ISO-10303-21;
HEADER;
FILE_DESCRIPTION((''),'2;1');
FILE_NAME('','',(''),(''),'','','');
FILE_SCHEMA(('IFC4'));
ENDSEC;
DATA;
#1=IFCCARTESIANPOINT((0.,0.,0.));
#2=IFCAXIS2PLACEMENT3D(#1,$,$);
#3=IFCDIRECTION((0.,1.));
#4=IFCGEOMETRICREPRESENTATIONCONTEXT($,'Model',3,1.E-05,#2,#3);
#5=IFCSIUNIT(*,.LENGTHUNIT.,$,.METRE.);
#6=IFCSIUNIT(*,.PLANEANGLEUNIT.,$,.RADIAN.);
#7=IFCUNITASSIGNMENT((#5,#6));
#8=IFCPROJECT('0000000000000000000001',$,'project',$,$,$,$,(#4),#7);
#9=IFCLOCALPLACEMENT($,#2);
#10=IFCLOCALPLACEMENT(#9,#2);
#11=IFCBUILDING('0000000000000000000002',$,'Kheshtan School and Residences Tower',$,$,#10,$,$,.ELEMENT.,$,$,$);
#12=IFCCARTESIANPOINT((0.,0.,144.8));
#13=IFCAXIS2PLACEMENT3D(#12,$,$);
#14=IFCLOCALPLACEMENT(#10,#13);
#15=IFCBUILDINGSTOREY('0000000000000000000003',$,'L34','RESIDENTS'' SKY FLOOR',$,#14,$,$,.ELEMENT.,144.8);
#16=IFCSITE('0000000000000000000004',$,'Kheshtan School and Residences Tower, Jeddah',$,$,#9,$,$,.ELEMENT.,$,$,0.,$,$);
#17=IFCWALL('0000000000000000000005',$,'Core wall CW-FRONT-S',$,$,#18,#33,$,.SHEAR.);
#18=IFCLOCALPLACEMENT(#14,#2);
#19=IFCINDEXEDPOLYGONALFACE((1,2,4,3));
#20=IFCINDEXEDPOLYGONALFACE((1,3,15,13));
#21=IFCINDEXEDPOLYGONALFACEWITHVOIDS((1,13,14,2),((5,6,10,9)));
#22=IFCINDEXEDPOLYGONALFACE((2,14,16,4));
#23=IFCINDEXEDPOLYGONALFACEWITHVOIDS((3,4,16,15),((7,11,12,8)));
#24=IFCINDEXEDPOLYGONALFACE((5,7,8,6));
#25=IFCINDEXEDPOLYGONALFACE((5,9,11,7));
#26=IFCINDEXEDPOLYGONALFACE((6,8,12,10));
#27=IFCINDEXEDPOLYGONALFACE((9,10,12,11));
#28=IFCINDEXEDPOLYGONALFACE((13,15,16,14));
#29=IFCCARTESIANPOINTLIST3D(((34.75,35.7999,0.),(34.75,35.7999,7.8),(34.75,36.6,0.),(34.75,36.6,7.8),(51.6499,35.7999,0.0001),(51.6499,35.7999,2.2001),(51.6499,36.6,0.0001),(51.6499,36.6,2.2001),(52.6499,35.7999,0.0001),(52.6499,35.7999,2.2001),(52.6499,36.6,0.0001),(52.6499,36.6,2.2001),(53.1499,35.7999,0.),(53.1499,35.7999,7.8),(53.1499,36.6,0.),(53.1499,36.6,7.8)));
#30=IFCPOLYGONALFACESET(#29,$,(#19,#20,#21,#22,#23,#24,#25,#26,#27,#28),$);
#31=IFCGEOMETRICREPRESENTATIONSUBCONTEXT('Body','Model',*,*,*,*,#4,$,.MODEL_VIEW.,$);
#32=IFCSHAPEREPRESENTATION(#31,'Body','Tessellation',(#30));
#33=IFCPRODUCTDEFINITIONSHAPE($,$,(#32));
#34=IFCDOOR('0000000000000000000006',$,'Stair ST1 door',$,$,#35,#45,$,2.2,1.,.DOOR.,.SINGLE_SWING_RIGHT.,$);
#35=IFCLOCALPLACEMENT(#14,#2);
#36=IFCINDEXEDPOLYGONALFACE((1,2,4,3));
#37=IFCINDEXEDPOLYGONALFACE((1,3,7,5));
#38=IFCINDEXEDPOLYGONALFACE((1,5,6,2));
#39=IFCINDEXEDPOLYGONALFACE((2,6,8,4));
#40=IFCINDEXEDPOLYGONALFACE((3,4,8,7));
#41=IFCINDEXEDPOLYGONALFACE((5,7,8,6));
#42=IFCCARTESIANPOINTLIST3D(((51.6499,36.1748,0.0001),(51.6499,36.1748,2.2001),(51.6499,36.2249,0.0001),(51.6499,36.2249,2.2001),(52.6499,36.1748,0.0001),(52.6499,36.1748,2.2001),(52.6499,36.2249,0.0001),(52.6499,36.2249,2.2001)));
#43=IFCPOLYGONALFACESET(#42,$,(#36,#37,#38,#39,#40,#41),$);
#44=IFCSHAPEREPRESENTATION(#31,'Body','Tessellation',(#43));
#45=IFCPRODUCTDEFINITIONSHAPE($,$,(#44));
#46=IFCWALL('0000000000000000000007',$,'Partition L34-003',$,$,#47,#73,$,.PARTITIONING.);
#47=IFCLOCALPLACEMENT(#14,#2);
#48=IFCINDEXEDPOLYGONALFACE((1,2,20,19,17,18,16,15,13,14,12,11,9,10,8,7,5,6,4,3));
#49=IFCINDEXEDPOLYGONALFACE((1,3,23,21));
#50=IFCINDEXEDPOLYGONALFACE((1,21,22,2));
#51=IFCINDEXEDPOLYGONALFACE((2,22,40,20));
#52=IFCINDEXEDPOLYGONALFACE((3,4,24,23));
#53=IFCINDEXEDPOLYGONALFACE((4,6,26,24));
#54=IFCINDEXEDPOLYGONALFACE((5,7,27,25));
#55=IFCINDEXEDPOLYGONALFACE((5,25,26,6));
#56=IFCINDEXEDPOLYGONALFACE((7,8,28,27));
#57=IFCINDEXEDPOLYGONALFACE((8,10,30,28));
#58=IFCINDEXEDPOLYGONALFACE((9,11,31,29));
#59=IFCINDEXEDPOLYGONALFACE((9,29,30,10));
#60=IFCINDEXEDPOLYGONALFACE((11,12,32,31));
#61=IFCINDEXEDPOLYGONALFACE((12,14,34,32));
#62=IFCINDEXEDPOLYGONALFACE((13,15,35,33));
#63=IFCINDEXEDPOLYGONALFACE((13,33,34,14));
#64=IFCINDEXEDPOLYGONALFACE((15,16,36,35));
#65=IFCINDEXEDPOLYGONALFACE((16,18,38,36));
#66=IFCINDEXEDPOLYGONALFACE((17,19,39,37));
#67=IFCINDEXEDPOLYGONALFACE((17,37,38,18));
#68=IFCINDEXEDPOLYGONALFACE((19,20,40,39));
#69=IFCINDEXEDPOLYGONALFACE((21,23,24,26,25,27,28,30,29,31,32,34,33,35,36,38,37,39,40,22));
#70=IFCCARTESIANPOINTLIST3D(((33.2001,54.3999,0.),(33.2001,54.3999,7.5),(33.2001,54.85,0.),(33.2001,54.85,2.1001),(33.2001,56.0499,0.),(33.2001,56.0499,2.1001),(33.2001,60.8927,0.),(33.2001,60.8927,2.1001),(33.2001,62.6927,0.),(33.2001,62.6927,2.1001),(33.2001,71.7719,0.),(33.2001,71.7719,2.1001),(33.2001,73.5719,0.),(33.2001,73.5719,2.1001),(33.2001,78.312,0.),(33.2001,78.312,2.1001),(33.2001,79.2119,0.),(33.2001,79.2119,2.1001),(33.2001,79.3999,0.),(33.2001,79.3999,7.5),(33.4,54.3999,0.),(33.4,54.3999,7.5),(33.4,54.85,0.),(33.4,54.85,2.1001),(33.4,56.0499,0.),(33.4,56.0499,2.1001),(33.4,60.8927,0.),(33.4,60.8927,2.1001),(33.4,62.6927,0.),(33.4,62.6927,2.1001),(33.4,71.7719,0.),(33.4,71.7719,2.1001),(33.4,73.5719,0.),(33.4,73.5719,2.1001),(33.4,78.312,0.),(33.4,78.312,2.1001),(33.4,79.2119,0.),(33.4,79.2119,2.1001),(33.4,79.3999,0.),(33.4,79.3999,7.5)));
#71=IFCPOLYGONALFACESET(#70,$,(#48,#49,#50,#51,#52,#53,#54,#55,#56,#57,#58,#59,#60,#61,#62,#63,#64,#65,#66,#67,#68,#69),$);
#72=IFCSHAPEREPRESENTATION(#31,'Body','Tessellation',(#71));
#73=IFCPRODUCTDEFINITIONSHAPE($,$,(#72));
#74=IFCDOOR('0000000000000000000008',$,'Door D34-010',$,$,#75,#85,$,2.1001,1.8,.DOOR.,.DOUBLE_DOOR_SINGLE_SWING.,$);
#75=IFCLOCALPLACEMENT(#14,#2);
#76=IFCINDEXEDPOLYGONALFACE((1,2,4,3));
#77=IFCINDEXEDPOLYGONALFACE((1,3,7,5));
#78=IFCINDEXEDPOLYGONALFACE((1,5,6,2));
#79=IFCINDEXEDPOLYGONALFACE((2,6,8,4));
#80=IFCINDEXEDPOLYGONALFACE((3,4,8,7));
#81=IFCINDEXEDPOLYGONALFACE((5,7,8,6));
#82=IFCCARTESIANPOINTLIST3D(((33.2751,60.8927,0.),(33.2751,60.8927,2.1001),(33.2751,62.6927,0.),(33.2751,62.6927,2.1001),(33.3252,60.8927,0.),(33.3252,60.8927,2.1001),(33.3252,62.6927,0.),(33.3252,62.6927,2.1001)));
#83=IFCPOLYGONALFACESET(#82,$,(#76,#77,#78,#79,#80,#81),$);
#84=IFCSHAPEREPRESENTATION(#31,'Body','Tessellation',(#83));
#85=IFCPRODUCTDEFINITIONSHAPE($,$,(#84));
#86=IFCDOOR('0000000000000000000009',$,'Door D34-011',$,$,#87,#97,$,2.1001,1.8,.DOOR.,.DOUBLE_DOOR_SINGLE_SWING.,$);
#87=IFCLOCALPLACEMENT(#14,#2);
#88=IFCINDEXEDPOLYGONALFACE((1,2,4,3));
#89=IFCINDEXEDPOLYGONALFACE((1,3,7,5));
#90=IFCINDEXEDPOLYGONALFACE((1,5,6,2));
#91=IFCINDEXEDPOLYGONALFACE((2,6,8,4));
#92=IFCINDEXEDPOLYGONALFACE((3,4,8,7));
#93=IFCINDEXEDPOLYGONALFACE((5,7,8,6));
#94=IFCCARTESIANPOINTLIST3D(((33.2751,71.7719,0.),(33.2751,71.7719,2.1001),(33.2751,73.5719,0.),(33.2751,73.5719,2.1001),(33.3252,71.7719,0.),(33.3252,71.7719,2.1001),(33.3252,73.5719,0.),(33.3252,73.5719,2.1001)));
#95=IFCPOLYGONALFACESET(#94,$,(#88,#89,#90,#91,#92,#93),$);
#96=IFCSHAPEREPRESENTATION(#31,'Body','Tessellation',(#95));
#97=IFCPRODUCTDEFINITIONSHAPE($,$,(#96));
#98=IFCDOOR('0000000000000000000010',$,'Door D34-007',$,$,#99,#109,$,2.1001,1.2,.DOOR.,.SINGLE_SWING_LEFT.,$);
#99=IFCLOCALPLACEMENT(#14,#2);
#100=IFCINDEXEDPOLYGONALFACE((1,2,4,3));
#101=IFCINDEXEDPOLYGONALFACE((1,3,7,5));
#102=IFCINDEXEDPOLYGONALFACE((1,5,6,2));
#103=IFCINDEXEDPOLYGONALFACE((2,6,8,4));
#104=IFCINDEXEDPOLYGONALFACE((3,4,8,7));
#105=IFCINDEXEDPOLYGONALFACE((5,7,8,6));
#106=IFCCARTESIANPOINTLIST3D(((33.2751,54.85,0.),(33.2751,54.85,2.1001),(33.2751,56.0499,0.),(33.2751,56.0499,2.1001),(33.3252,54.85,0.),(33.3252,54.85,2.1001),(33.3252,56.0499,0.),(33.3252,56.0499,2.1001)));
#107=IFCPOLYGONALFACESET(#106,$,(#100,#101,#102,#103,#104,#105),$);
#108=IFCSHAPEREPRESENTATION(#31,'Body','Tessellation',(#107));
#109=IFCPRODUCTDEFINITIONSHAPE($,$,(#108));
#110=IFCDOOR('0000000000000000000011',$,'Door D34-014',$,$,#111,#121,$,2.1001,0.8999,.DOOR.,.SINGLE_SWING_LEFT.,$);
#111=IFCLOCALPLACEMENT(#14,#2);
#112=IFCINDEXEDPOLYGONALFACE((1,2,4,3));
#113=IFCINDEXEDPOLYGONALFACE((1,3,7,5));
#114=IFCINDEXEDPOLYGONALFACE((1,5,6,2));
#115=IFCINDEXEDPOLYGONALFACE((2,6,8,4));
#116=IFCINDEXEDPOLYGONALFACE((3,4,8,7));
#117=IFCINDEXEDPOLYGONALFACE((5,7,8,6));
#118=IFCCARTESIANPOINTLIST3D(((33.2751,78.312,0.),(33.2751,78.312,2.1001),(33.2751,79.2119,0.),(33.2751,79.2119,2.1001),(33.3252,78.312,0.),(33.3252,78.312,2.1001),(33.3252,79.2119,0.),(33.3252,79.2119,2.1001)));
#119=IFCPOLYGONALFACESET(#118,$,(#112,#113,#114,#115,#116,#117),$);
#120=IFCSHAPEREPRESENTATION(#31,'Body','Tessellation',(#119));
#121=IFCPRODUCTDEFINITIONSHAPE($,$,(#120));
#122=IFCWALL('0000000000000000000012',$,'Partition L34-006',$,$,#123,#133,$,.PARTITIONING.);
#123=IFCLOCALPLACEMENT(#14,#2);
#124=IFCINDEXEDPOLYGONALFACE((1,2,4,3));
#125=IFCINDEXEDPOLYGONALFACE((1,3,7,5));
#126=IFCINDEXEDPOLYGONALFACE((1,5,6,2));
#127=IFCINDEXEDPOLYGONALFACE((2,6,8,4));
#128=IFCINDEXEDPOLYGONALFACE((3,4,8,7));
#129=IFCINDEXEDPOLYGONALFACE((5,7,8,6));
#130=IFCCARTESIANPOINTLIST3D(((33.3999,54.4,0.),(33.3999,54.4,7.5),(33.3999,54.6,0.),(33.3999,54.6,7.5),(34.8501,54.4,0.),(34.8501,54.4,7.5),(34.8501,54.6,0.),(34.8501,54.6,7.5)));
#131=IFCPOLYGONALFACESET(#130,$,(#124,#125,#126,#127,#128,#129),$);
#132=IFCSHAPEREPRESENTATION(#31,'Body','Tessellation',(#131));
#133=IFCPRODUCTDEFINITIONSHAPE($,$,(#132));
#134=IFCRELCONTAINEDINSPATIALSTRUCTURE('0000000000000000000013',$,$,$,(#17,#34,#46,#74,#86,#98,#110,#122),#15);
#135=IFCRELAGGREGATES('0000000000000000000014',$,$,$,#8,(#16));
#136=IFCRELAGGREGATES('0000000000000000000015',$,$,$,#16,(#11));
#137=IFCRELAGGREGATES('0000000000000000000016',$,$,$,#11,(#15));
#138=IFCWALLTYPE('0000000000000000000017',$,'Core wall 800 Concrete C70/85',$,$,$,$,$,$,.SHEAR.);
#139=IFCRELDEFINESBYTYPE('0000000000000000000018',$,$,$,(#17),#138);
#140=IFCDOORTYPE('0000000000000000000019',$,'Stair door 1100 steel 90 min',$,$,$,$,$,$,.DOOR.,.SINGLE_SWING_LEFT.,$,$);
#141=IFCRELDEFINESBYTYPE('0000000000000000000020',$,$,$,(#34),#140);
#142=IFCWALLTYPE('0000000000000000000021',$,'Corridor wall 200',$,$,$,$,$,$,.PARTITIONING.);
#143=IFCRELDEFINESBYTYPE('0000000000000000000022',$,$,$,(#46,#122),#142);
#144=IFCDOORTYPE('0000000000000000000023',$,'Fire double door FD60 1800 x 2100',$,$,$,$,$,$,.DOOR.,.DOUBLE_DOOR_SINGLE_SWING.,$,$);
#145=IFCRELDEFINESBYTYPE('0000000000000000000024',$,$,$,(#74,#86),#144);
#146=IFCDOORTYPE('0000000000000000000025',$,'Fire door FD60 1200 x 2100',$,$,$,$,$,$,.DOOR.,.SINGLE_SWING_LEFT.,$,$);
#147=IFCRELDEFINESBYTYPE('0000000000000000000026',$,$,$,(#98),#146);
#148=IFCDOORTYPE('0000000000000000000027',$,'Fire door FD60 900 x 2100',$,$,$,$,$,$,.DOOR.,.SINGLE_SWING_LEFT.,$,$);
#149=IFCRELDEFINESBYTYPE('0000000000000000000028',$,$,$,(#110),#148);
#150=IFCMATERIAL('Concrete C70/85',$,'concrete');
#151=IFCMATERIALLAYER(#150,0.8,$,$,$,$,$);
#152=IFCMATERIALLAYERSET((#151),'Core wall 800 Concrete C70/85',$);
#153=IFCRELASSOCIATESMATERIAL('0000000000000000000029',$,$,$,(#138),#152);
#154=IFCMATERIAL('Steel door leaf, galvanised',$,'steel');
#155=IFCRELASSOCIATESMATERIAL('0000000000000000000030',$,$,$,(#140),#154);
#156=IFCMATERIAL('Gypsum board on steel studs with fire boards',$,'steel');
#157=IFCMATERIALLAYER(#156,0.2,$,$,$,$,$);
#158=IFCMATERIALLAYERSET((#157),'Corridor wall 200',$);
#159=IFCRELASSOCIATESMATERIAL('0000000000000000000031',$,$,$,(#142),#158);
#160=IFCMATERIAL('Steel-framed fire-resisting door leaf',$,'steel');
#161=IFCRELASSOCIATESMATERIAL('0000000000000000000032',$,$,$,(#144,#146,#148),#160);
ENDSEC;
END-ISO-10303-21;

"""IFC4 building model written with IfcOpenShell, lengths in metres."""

from ifc_helpers import new_model, si_unit, direction, frame, frame_2d, origin, place, context, subcontext, project, spatial, rectangle, extrude, source, transform, mapped, material, layer, layer_set, type_object, element, fill, save


model = new_model("IFC4")

# Units and contexts
model_context = context("Model", 3, precision=1e-05, world=origin(), true_north=direction((0.0, 1.0)))
body_context = subcontext(model_context, "Body", "Model", "MODEL_VIEW")
ifc_project = project(units=[si_unit("LENGTHUNIT", "METRE"), si_unit("PLANEANGLEUNIT", "RADIAN")], contexts=[model_context])

# Site, building, storey
site_placement = place(None, origin())
site = spatial("IfcSite", under=ifc_project, at=site_placement, Name="Kheshtan School and Residences Tower, Jeddah", CompositionType="ELEMENT", RefElevation=0.0)
building_placement = place(site_placement, origin())
building = spatial("IfcBuilding", under=site, at=building_placement, Name="Kheshtan School and Residences Tower", CompositionType="ELEMENT")
storey_placement = place(building_placement, frame((0.0, 0.0, 144.8)))
storey = spatial("IfcBuildingStorey", under=building, at=storey_placement, Name="L34", Description="RESIDENTS' SKY FLOOR", CompositionType="ELEMENT", Elevation=144.8)

# Wall, opening, door
ifc_material_1 = material(Name="Concrete C70/85", Category="concrete")
ifc_layer_1 = layer(ifc_material_1, 0.8)
ifc_layer_set_1 = layer_set([ifc_layer_1], Name="Core wall 800 Concrete C70/85")
wall_type_1 = type_object("IfcWallType", Name="Core wall 800 Concrete C70/85", PredefinedType="SHEAR", material=ifc_layer_set_1)
wall_1_placement = place(storey_placement, frame((34.75, 36.2, 0.0), z_axis=(0.0, 0.0, 1.0), x_axis=(1.0, 0.0, 0.0)))
wall_1 = element("IfcWall", 1, at=wall_1_placement, inside=storey, type_object=wall_type_1, Name="Core wall CW-FRONT-S", PredefinedType="SHEAR", context=body_context, shape_type="SweptSolid", body=[
    extrude(rectangle(XDim=18.3999, YDim=0.8, at=frame_2d((9.2, 0.0))), origin(), (0.0, 0.0, 1.0), 7.8),
])
opening_1_placement = place(wall_1_placement, frame((16.8999, 0.0, 0.0)))
opening_1 = element("IfcOpeningElement", 2, at=opening_1_placement, cuts=wall_1, PredefinedType="OPENING", context=body_context, shape_type="SweptSolid", body=[
    extrude(rectangle(XDim=1.0, YDim=2.2, at=frame_2d((0.5, 1.1001))), frame((0.0, 0.4102, 0.0), z_axis=(0.0, -1.0, 0.0), x_axis=(1.0, 0.0, 0.0)), (0.0, 0.0, 1.0), 0.8201),
])
ifc_material_2 = material(Name="Steel door leaf, galvanised", Category="steel")
door_type_1 = type_object("IfcDoorType", Name="Stair door 1100 steel 90 min", OperationType="SINGLE_SWING_LEFT", PredefinedType="DOOR", material=ifc_material_2)
shared_shape_1 = source(origin(), body_context, "Body", "SweptSolid", [
    extrude(rectangle(XDim=1.0, YDim=2.2, at=frame_2d((0.5, 1.1001))), frame((0.0, 0.0249, 0.0), z_axis=(0.0, -1.0, 0.0), x_axis=(1.0, 0.0, 0.0)), (0.0, 0.0, 1.0), 0.05),
])
door_1_placement = place(opening_1_placement, origin())
door_1 = element("IfcDoor", 3, at=door_1_placement, inside=storey, type_object=door_type_1, Name="Stair ST1 door", OperationType="SINGLE_SWING_RIGHT", OverallHeight=2.2, OverallWidth=1.0, PredefinedType="DOOR", context=body_context, shape_type="MappedRepresentation", body=[
    mapped(shared_shape_1, transform((0.0, 0.0, 0.0), x_axis=(1.0, 0.0, 0.0), y_axis=(0.0, 1.0, 0.0), z_axis=(0.0, 0.0, 1.0), scale=1.0)),
])
fill(opening_1, door_1)

# Wall, openings, doors
ifc_material_3 = material(Name="Gypsum board on steel studs with fire boards", Category="steel")
ifc_layer_2 = layer(ifc_material_3, 0.2)
ifc_layer_set_2 = layer_set([ifc_layer_2], Name="Corridor wall 200")
wall_type_2 = type_object("IfcWallType", Name="Corridor wall 200", PredefinedType="PARTITIONING", material=ifc_layer_set_2)
wall_2_placement = place(storey_placement, frame((33.3, 54.3999, 0.0), z_axis=(0.0, 0.0, 1.0), x_axis=(0.0, 1.0, 0.0)))
wall_2 = element("IfcWall", 4, at=wall_2_placement, inside=storey, type_object=wall_type_2, Name="Partition L34-003", PredefinedType="PARTITIONING", context=body_context, shape_type="SweptSolid", body=[
    extrude(rectangle(XDim=25.0, YDim=0.2, at=frame_2d((12.5, 0.0))), origin(), (0.0, 0.0, 1.0), 7.5),
])
opening_2_placement = place(wall_2_placement, frame((0.45, 0.0, 0.0)))
opening_2 = element("IfcOpeningElement", 5, at=opening_2_placement, cuts=wall_2, PredefinedType="OPENING", context=body_context, shape_type="SweptSolid", body=[
    extrude(rectangle(XDim=1.2, YDim=2.1001, at=frame_2d((0.6001, 1.05))), frame((0.0, 0.1099, 0.0), z_axis=(0.0, -1.0, 0.0), x_axis=(1.0, 0.0, 0.0)), (0.0, 0.0, 1.0), 0.22),
])
opening_3_placement = place(wall_2_placement, frame((6.4929, 0.0, 0.0)))
opening_3 = element("IfcOpeningElement", 6, at=opening_3_placement, cuts=wall_2, PredefinedType="OPENING", context=body_context, shape_type="SweptSolid", body=[
    extrude(rectangle(XDim=1.8, YDim=2.1001, at=frame_2d((0.8999, 1.05))), frame((0.0, 0.1099, 0.0), z_axis=(0.0, -1.0, 0.0), x_axis=(1.0, 0.0, 0.0)), (0.0, 0.0, 1.0), 0.22),
])
opening_4_placement = place(wall_2_placement, frame((17.3721, 0.0, 0.0)))
opening_4 = element("IfcOpeningElement", 7, at=opening_4_placement, cuts=wall_2, PredefinedType="OPENING", context=body_context, shape_type="SweptSolid", body=[
    extrude(rectangle(XDim=1.8, YDim=2.1001, at=frame_2d((0.8999, 1.05))), frame((0.0, 0.1099, 0.0), z_axis=(0.0, -1.0, 0.0), x_axis=(1.0, 0.0, 0.0)), (0.0, 0.0, 1.0), 0.22),
])
opening_5_placement = place(wall_2_placement, frame((23.9121, 0.0, 0.0)))
opening_5 = element("IfcOpeningElement", 8, at=opening_5_placement, cuts=wall_2, PredefinedType="OPENING", context=body_context, shape_type="SweptSolid", body=[
    extrude(rectangle(XDim=0.8999, YDim=2.1001, at=frame_2d((0.45, 1.05))), frame((0.0, 0.1099, 0.0), z_axis=(0.0, -1.0, 0.0), x_axis=(1.0, 0.0, 0.0)), (0.0, 0.0, 1.0), 0.22),
])
ifc_material_4 = material(Name="Steel-framed fire-resisting door leaf", Category="steel")
door_type_2 = type_object("IfcDoorType", Name="Fire double door FD60 1800 x 2100", OperationType="DOUBLE_DOOR_SINGLE_SWING", PredefinedType="DOOR", material=ifc_material_4)
shared_shape_2 = source(origin(), body_context, "Body", "SweptSolid", [
    extrude(rectangle(XDim=1.8, YDim=2.1001, at=frame_2d((0.8999, 1.05))), frame((0.0, 0.0249, 0.0), z_axis=(0.0, -1.0, 0.0), x_axis=(1.0, 0.0, 0.0)), (0.0, 0.0, 1.0), 0.05),
])
door_2_placement = place(opening_3_placement, origin())
door_2 = element("IfcDoor", 9, at=door_2_placement, inside=storey, type_object=door_type_2, Name="Door D34-010", OperationType="DOUBLE_DOOR_SINGLE_SWING", OverallHeight=2.1001, OverallWidth=1.8, PredefinedType="DOOR", context=body_context, shape_type="MappedRepresentation", body=[
    mapped(shared_shape_2, transform((0.0, 0.0, 0.0), x_axis=(1.0, 0.0, 0.0), y_axis=(0.0, 1.0, 0.0), z_axis=(0.0, 0.0, 1.0), scale=1.0)),
])
fill(opening_3, door_2)
door_3_placement = place(opening_4_placement, origin())
door_3 = element("IfcDoor", 10, at=door_3_placement, inside=storey, type_object=door_type_2, Name="Door D34-011", OperationType="DOUBLE_DOOR_SINGLE_SWING", OverallHeight=2.1001, OverallWidth=1.8, PredefinedType="DOOR", context=body_context, shape_type="MappedRepresentation", body=[
    mapped(shared_shape_2, transform((0.0, 0.0, 0.0), x_axis=(1.0, 0.0, 0.0), y_axis=(0.0, 1.0, 0.0), z_axis=(0.0, 0.0, 1.0), scale=1.0)),
])
fill(opening_4, door_3)
door_type_3 = type_object("IfcDoorType", Name="Fire door FD60 1200 x 2100", OperationType="SINGLE_SWING_LEFT", PredefinedType="DOOR", material=ifc_material_4)
shared_shape_3 = source(origin(), body_context, "Body", "SweptSolid", [
    extrude(rectangle(XDim=1.2, YDim=2.1001, at=frame_2d((0.6001, 1.05))), frame((0.0, 0.0249, 0.0), z_axis=(0.0, -1.0, 0.0), x_axis=(1.0, 0.0, 0.0)), (0.0, 0.0, 1.0), 0.05),
])
door_4_placement = place(opening_2_placement, origin())
door_4 = element("IfcDoor", 11, at=door_4_placement, inside=storey, type_object=door_type_3, Name="Door D34-007", OperationType="SINGLE_SWING_LEFT", OverallHeight=2.1001, OverallWidth=1.2, PredefinedType="DOOR", context=body_context, shape_type="MappedRepresentation", body=[
    mapped(shared_shape_3, transform((0.0, 0.0, 0.0), x_axis=(1.0, 0.0, 0.0), y_axis=(0.0, 1.0, 0.0), z_axis=(0.0, 0.0, 1.0), scale=1.0)),
])
fill(opening_2, door_4)
door_type_4 = type_object("IfcDoorType", Name="Fire door FD60 900 x 2100", OperationType="SINGLE_SWING_LEFT", PredefinedType="DOOR", material=ifc_material_4)
shared_shape_4 = source(origin(), body_context, "Body", "SweptSolid", [
    extrude(rectangle(XDim=0.8999, YDim=2.1001, at=frame_2d((0.45, 1.05))), frame((0.0, 0.0249, 0.0), z_axis=(0.0, -1.0, 0.0), x_axis=(1.0, 0.0, 0.0)), (0.0, 0.0, 1.0), 0.05),
])
door_5_placement = place(opening_5_placement, origin())
door_5 = element("IfcDoor", 12, at=door_5_placement, inside=storey, type_object=door_type_4, Name="Door D34-014", OperationType="SINGLE_SWING_LEFT", OverallHeight=2.1001, OverallWidth=0.8999, PredefinedType="DOOR", context=body_context, shape_type="MappedRepresentation", body=[
    mapped(shared_shape_4, transform((0.0, 0.0, 0.0), x_axis=(1.0, 0.0, 0.0), y_axis=(0.0, 1.0, 0.0), z_axis=(0.0, 0.0, 1.0), scale=1.0)),
])
fill(opening_5, door_5)

# Wall
wall_3_placement = place(storey_placement, frame((33.3999, 54.5, 0.0), z_axis=(0.0, 0.0, 1.0), x_axis=(1.0, 0.0, 0.0)))
element("IfcWall", 13, at=wall_3_placement, inside=storey, type_object=wall_type_2, Name="Partition L34-006", PredefinedType="PARTITIONING", context=body_context, shape_type="SweptSolid", body=[
    extrude(rectangle(XDim=1.4502, YDim=0.2, at=frame_2d((0.7251, 0.0))), origin(), (0.0, 0.0, 1.0), 7.5),
])

save(model, "model.ifc")
